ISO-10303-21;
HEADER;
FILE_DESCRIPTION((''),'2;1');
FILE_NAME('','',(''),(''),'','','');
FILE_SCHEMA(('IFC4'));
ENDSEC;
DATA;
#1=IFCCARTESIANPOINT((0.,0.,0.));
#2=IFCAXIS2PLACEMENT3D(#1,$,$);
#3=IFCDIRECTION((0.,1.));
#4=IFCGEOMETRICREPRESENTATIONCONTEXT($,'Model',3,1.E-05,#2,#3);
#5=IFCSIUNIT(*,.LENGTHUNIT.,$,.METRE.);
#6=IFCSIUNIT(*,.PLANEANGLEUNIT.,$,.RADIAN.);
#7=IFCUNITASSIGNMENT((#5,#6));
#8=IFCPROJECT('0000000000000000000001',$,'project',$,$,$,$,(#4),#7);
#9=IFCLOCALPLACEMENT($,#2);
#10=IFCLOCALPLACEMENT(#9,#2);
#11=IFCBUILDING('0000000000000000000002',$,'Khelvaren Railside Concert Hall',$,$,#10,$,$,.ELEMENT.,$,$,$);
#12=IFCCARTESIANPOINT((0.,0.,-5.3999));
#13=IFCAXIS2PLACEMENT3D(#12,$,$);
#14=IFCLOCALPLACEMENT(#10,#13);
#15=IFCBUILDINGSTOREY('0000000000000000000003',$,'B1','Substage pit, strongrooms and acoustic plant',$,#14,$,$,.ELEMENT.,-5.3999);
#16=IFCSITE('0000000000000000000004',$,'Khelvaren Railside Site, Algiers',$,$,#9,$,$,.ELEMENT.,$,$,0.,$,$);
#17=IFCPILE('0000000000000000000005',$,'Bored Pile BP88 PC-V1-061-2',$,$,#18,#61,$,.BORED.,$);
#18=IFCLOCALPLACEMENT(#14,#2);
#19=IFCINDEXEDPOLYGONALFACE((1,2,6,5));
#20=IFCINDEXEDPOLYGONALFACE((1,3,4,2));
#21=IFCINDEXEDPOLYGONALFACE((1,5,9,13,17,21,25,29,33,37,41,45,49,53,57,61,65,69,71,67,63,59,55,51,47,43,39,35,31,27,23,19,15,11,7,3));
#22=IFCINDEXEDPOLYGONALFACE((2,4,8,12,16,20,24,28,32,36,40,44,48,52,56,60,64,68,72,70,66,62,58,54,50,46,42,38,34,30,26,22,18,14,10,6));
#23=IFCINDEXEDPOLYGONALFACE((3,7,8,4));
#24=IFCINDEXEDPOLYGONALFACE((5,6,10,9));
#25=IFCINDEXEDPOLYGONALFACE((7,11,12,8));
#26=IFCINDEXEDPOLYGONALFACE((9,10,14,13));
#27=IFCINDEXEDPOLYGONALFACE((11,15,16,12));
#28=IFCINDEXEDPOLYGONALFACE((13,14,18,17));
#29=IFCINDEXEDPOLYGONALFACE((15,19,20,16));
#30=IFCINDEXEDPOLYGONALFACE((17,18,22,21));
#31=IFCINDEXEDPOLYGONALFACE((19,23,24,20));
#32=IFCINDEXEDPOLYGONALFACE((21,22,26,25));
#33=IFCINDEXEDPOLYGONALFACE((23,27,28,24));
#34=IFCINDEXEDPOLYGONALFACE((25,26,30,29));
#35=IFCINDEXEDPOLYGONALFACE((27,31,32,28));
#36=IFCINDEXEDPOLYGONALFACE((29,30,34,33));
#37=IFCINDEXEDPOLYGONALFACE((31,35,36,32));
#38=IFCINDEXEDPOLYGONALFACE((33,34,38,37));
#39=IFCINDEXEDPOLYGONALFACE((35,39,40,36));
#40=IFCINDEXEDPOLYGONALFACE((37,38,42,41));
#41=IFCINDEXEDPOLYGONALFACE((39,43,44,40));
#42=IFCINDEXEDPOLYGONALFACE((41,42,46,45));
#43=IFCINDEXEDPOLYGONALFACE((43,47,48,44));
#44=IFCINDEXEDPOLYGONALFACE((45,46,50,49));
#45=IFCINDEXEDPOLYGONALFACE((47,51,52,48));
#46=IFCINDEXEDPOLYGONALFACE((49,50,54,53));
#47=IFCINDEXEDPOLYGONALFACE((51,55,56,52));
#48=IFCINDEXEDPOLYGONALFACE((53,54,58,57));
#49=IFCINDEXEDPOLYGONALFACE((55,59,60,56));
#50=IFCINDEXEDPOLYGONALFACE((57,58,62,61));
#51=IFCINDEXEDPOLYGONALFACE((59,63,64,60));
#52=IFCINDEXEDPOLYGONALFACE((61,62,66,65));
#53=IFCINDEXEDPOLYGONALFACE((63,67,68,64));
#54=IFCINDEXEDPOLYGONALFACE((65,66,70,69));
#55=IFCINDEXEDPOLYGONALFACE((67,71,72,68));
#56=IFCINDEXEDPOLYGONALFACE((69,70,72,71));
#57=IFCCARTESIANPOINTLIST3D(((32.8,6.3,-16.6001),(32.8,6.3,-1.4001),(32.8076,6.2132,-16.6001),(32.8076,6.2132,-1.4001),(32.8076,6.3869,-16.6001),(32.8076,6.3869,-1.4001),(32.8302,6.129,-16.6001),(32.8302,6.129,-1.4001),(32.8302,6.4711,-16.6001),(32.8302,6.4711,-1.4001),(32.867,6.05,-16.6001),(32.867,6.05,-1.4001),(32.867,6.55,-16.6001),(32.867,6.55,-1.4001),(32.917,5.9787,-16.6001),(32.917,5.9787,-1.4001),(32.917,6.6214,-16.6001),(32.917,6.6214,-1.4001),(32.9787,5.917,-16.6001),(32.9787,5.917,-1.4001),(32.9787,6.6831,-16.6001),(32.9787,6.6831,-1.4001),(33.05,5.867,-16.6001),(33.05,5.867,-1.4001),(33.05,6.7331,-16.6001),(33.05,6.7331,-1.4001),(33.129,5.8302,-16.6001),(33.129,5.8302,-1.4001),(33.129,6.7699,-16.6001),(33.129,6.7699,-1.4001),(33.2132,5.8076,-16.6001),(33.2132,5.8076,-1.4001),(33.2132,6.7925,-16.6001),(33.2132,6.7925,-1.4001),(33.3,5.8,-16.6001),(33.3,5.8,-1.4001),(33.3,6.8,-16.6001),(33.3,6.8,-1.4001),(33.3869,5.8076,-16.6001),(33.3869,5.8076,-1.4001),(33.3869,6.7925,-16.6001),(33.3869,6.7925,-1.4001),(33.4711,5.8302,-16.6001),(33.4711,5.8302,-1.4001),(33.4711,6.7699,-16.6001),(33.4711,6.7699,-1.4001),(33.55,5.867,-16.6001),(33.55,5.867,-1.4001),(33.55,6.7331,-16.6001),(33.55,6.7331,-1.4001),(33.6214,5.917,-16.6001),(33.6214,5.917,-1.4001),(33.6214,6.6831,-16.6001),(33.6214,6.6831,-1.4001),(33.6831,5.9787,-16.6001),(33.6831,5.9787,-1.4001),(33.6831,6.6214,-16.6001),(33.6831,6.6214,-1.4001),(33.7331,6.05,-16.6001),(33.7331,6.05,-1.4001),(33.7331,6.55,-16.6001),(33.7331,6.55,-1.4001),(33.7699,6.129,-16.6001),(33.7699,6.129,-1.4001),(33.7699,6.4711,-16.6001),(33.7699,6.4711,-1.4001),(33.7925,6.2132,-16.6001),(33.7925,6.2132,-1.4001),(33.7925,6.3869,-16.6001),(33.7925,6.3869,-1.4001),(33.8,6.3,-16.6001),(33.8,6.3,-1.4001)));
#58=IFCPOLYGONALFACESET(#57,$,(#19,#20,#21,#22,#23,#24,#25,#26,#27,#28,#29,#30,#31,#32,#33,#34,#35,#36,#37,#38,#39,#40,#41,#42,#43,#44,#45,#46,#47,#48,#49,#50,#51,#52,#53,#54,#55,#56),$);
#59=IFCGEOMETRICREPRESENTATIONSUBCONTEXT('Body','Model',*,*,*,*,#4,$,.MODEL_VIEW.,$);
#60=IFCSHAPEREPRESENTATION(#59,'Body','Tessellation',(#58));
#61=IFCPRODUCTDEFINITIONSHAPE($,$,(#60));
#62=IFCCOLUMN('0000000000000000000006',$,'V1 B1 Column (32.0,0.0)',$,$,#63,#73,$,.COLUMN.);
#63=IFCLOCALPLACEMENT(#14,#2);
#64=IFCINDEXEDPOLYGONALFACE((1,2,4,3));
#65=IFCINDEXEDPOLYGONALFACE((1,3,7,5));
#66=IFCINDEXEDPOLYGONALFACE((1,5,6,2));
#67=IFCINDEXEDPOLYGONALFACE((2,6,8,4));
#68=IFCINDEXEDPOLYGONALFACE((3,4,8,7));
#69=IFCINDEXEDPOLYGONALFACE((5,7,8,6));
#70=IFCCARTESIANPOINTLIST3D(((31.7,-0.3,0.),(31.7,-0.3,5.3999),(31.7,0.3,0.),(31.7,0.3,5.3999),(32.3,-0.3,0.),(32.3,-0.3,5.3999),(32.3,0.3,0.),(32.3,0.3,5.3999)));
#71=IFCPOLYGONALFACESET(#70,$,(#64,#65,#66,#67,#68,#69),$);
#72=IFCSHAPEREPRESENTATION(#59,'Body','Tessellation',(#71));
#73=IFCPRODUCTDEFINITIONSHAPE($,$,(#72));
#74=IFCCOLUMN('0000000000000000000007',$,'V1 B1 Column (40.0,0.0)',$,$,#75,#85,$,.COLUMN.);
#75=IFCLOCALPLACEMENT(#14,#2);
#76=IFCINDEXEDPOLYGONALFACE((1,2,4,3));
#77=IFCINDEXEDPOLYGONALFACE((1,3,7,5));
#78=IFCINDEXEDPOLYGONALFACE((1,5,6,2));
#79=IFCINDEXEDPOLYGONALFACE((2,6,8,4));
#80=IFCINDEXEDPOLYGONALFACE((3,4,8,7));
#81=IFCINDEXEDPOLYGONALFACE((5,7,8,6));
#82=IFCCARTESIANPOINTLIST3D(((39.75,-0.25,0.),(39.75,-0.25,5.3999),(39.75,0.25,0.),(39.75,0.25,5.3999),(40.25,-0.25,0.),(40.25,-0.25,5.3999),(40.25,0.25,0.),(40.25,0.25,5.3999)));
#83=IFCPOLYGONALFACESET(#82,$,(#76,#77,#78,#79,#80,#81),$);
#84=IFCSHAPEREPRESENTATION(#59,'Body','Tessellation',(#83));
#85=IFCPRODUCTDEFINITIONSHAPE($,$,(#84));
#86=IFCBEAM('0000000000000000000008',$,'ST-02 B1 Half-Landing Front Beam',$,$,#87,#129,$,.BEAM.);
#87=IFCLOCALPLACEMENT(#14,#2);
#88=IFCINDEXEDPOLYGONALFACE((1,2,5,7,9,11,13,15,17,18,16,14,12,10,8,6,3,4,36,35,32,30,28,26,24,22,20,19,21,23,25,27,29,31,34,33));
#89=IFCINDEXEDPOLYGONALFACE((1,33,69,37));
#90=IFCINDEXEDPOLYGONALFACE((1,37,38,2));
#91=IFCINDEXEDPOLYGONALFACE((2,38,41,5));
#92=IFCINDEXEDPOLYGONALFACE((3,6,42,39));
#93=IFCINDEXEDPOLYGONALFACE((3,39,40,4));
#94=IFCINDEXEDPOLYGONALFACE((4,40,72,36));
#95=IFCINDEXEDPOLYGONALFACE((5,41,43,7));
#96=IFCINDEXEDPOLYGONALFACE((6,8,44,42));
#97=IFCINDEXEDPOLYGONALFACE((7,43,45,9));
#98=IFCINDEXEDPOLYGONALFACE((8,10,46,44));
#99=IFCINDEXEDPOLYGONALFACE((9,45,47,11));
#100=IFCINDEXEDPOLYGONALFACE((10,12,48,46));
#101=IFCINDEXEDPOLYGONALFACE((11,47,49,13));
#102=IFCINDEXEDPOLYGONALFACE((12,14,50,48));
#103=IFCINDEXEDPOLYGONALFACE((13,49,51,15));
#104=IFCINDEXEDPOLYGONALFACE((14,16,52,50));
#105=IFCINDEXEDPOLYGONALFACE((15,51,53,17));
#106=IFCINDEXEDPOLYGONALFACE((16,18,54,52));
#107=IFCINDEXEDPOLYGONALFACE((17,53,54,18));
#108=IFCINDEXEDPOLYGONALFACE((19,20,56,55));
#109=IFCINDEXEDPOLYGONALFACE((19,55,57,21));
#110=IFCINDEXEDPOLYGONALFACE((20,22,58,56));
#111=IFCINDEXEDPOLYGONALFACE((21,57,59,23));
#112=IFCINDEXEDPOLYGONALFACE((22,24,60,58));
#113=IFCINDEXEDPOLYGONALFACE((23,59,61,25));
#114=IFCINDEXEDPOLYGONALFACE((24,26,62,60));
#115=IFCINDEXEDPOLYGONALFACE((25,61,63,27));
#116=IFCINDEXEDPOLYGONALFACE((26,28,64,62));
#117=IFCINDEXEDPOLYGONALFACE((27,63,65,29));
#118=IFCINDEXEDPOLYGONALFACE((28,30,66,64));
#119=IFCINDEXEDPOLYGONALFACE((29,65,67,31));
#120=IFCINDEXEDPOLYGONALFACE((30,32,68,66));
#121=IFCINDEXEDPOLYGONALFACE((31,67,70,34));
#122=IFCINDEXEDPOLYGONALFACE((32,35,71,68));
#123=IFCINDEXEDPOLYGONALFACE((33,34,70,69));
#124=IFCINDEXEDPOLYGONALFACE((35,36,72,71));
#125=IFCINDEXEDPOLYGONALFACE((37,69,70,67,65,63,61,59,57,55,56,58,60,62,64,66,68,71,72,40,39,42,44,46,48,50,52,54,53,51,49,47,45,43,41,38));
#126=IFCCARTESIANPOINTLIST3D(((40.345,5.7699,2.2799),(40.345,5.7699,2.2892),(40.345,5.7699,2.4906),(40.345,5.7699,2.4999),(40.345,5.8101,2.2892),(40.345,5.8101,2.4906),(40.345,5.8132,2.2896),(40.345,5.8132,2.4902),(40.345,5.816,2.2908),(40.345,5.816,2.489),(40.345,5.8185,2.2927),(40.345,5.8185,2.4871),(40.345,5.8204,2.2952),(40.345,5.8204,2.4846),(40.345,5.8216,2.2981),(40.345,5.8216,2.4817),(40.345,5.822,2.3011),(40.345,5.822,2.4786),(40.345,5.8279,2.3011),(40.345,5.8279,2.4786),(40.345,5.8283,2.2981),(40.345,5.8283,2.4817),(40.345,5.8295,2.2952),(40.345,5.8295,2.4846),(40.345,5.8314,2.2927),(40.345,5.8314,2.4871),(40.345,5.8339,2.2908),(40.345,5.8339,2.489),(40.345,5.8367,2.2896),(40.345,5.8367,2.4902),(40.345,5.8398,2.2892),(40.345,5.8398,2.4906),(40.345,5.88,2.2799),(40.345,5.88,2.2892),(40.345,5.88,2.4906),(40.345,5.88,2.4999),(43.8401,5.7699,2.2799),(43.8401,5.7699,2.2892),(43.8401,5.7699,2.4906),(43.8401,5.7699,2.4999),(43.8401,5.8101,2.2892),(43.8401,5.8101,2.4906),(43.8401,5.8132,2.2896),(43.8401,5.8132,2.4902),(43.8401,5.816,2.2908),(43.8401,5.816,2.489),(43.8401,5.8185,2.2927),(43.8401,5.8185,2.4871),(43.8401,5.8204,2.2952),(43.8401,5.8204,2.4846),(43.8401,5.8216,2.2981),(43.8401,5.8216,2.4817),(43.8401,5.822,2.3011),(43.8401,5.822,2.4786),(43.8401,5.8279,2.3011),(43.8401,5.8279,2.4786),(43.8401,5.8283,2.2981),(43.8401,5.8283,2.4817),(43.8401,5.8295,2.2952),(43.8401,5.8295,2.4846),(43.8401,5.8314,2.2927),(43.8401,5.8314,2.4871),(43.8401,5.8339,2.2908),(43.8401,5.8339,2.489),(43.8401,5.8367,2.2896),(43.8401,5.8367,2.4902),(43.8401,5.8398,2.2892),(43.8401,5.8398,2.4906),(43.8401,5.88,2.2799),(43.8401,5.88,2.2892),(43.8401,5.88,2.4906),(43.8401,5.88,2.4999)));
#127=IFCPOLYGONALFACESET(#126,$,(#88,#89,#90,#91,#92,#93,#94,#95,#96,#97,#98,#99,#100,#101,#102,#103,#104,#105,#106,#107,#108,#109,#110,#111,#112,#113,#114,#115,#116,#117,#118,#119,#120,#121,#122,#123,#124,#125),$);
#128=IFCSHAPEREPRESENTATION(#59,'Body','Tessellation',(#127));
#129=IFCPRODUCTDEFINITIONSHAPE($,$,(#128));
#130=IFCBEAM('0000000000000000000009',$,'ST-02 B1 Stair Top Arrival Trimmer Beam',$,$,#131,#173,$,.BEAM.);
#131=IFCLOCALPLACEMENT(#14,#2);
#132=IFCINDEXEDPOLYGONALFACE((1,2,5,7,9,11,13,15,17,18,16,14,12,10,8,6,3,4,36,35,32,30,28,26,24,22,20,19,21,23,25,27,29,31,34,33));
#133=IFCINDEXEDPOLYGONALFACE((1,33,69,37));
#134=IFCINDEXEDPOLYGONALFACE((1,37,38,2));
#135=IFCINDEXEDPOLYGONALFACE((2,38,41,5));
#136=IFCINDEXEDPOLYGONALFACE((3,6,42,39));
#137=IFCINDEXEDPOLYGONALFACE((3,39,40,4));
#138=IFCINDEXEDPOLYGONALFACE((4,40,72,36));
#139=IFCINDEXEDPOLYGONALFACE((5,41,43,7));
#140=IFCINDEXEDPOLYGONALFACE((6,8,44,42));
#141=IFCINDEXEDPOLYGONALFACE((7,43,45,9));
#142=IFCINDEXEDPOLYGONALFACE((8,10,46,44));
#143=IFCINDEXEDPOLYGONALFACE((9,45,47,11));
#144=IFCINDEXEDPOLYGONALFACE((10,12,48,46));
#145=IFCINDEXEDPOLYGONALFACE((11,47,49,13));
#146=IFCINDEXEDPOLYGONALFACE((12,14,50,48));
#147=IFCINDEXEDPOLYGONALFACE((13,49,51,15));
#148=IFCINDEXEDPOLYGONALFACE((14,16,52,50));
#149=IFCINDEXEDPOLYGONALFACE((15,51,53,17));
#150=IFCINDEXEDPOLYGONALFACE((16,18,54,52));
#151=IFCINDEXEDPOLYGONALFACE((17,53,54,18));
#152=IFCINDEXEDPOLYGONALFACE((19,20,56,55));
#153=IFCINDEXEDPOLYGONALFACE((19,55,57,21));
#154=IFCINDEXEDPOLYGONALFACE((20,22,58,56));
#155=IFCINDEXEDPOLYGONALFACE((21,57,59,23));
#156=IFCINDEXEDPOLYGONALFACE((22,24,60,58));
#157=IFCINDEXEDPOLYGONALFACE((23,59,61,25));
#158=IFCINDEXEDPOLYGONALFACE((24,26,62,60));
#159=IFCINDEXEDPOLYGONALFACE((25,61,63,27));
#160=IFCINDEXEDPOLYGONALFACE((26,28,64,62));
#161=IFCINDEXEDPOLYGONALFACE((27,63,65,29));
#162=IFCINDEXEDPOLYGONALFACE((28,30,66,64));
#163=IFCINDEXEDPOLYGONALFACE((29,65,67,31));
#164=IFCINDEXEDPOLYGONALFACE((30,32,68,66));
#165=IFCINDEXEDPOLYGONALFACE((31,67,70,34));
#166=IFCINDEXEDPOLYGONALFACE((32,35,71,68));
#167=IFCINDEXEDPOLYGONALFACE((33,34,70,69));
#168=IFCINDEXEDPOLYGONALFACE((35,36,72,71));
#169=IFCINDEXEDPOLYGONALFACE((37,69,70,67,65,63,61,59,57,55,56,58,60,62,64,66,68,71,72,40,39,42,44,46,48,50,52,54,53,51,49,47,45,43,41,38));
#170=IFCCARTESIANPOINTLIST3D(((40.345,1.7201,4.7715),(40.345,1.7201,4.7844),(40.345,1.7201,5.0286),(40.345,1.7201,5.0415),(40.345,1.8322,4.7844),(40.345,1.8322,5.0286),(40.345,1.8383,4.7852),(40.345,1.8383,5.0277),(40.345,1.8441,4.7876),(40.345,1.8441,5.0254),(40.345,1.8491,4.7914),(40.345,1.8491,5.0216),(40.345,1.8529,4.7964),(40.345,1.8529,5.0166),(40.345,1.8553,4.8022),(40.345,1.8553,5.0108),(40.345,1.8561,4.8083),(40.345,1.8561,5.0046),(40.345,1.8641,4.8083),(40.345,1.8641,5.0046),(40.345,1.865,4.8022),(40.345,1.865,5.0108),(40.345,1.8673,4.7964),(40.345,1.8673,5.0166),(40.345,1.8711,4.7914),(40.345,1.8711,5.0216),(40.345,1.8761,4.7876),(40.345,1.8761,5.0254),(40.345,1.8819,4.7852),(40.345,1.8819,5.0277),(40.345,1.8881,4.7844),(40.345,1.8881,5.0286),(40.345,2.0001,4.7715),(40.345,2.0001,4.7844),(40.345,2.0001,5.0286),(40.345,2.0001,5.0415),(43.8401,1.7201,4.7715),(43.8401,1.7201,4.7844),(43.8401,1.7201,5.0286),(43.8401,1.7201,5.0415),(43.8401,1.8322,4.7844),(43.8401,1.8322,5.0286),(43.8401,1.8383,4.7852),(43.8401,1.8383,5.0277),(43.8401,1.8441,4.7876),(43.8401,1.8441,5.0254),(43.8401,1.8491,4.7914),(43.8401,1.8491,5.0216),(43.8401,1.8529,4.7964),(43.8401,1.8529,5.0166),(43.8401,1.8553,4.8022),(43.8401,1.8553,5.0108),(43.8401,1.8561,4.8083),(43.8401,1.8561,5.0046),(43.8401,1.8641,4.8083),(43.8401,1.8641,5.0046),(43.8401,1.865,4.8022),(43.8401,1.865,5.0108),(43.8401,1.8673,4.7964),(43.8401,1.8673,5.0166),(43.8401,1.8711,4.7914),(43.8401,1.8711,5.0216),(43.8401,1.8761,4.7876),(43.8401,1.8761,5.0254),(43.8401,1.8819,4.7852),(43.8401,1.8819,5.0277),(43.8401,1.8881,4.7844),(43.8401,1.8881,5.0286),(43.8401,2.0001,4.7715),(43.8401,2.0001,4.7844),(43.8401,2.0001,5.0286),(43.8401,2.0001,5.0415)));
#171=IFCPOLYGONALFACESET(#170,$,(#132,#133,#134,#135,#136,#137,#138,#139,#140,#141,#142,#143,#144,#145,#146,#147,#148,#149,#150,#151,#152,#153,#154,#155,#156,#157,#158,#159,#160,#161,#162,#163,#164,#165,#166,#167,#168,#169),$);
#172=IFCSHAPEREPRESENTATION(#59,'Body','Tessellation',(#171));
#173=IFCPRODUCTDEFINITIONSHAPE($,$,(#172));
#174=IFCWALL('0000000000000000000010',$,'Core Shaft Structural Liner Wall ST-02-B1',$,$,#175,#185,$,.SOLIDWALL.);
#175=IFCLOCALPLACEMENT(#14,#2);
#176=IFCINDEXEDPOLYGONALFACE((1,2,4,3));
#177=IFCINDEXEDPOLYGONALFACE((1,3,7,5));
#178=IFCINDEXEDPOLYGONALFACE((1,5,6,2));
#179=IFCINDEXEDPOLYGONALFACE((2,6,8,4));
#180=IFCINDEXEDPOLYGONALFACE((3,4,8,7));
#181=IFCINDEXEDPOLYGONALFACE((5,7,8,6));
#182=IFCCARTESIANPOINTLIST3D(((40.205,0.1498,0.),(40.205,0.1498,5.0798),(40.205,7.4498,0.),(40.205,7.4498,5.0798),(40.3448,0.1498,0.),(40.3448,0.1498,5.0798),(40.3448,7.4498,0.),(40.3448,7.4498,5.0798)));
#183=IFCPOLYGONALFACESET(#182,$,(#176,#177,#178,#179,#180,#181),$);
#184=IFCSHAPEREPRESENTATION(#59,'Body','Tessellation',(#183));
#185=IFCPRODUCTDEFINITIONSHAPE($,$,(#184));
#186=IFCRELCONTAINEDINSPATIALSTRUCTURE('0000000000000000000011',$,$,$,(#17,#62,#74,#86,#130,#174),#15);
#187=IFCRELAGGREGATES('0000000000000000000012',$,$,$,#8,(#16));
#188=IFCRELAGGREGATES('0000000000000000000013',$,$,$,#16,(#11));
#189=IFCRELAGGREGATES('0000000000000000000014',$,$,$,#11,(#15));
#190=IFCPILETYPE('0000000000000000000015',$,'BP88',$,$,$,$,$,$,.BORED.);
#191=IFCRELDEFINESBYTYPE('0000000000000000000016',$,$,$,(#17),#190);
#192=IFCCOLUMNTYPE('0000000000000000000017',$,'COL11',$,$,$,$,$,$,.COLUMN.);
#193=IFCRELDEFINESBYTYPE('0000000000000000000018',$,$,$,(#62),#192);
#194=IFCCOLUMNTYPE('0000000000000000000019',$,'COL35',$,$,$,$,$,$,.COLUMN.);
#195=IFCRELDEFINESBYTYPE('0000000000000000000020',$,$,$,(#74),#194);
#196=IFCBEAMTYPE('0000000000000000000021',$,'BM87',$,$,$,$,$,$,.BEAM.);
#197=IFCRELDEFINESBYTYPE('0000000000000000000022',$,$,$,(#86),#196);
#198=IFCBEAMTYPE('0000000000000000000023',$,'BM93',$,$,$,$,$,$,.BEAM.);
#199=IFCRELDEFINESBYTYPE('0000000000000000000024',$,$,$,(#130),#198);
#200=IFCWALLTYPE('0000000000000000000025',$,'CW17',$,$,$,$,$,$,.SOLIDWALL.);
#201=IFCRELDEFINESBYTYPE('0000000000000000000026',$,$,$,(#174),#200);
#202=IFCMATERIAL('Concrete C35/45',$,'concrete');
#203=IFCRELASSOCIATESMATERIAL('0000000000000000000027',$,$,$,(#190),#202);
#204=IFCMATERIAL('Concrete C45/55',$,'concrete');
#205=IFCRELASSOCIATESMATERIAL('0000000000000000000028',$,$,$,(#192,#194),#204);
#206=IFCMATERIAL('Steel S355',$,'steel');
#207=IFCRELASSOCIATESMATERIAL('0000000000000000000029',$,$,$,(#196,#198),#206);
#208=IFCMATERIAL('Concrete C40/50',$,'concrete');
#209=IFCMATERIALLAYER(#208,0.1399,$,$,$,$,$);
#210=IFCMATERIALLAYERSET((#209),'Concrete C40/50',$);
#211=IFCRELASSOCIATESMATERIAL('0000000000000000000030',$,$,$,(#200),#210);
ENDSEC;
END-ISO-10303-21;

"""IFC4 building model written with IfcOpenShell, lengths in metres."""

from ifc_helpers import new_model, si_unit, direction, frame, frame_2d, origin, origin_2d, place, context, subcontext, project, spatial, rectangle, circle, i_section, extrude, material, layer, layer_set, material_profile, profile_set, type_object, element, save


model = new_model("IFC4")

# Units and contexts
model_context = context("Model", 3, precision=1e-05, world=origin(), true_north=direction((0.0, 1.0)))
body_context = subcontext(model_context, "Body", "Model", "MODEL_VIEW")
ifc_project = project(units=[si_unit("LENGTHUNIT", "METRE"), si_unit("PLANEANGLEUNIT", "RADIAN")], contexts=[model_context])

# Site, building, storey
site_placement = place(None, origin())
site = spatial("IfcSite", under=ifc_project, at=site_placement, Name="Khelvaren Railside Site, Algiers", CompositionType="ELEMENT", RefElevation=0.0)
building_placement = place(site_placement, origin())
building = spatial("IfcBuilding", under=site, at=building_placement, Name="Khelvaren Railside Concert Hall", CompositionType="ELEMENT")
storey_placement = place(building_placement, frame((0.0, 0.0, -5.3999)))
storey = spatial("IfcBuildingStorey", under=building, at=storey_placement, Name="B1", Description="Substage pit, strongrooms and acoustic plant", CompositionType="ELEMENT", Elevation=-5.3999)

# Pile
ifc_material_1 = material(Name="Concrete C35/45", Category="concrete")
ifc_material_profile_1 = material_profile(ifc_material_1, circle(Radius=0.5, at=origin_2d()), Name="BP D1000")
ifc_profile_set_1 = profile_set([ifc_material_profile_1], Name="Concrete C35/45")
pile_type_1 = type_object("IfcPileType", Name="BP88", PredefinedType="BORED", material=ifc_profile_set_1)
for number, where, z_axis, x_axis, name in (
    (1, (33.3, 6.3, -1.4001), (0.0, 0.0, -1.0), (1.0, 0.0, 0.0), "Bored Pile BP88 PC-V1-061-2"),
):
    element("IfcPile", number, at=place(storey_placement, frame(where, z_axis=z_axis, x_axis=x_axis)), inside=storey, type_object=pile_type_1, Name=name, PredefinedType="BORED", context=body_context, shape_type="SweptSolid", body=[
        extrude(circle(Radius=0.5, at=origin_2d()), origin(), (0.0, 0.0, 1.0), 15.2),
    ])

# Columns
ifc_material_2 = material(Name="Concrete C45/55", Category="concrete")
ifc_material_profile_2 = material_profile(ifc_material_2, rectangle(XDim=0.6001, YDim=0.6001, at=origin_2d()), Name="RC 600x600")
ifc_profile_set_2 = profile_set([ifc_material_profile_2], Name="Concrete C45/55")
column_type_1 = type_object("IfcColumnType", Name="COL11", PredefinedType="COLUMN", material=ifc_profile_set_2)
column_1_placement = place(storey_placement, frame((32.0, 0.0, 0.0), z_axis=(0.0, 0.0, 1.0), x_axis=(1.0, 0.0, 0.0)))
element("IfcColumn", 2, at=column_1_placement, inside=storey, type_object=column_type_1, Name="V1 B1 Column (32.0,0.0)", PredefinedType="COLUMN", context=body_context, shape_type="SweptSolid", body=[
    extrude(rectangle(XDim=0.6001, YDim=0.6001, at=origin_2d()), origin(), (0.0, 0.0, 1.0), 5.3999),
])
ifc_material_profile_3 = material_profile(ifc_material_2, rectangle(XDim=0.5, YDim=0.5, at=origin_2d()), Name="RC 500x500")
ifc_profile_set_3 = profile_set([ifc_material_profile_3], Name="Concrete C45/55")
column_type_2 = type_object("IfcColumnType", Name="COL35", PredefinedType="COLUMN", material=ifc_profile_set_3)
column_2_placement = place(storey_placement, frame((40.0, 0.0, 0.0), z_axis=(0.0, 0.0, 1.0), x_axis=(1.0, 0.0, 0.0)))
element("IfcColumn", 3, at=column_2_placement, inside=storey, type_object=column_type_2, Name="V1 B1 Column (40.0,0.0)", PredefinedType="COLUMN", context=body_context, shape_type="SweptSolid", body=[
    extrude(rectangle(XDim=0.5, YDim=0.5, at=origin_2d()), origin(), (0.0, 0.0, 1.0), 5.3999),
])

# Beams
ifc_material_3 = material(Name="Steel S355", Category="steel")
ifc_material_profile_4 = material_profile(ifc_material_3, i_section(OverallWidth=0.1101, OverallDepth=0.22, WebThickness=0.0059, FlangeThickness=0.0093, FilletRadius=0.012, at=origin_2d()), Name="IPE 220")
ifc_profile_set_4 = profile_set([ifc_material_profile_4], Name="Steel S355")
beam_type_1 = type_object("IfcBeamType", Name="BM87", PredefinedType="BEAM", material=ifc_profile_set_4)
beam_1_placement = place(storey_placement, frame((40.345, 5.825, 2.3899), z_axis=(1.0, 0.0, 0.0), x_axis=(0.0, 1.0, 0.0)))
element("IfcBeam", 4, at=beam_1_placement, inside=storey, type_object=beam_type_1, Name="ST-02 B1 Half-Landing Front Beam", PredefinedType="BEAM", context=body_context, shape_type="SweptSolid", body=[
    extrude(i_section(OverallWidth=0.1101, OverallDepth=0.22, WebThickness=0.0059, FlangeThickness=0.0093, FilletRadius=0.012, at=origin_2d()), origin(), (0.0, 0.0, 1.0), 3.4951),
])
ifc_material_profile_5 = material_profile(ifc_material_3, i_section(OverallWidth=0.28, OverallDepth=0.27, WebThickness=0.0081, FlangeThickness=0.0129, FilletRadius=0.0239, at=origin_2d()), Name="HEA 280")
ifc_profile_set_5 = profile_set([ifc_material_profile_5], Name="Steel S355")
beam_type_2 = type_object("IfcBeamType", Name="BM93", PredefinedType="BEAM", material=ifc_profile_set_5)
beam_2_placement = place(storey_placement, frame((40.345, 1.8601, 4.9065), z_axis=(1.0, 0.0, 0.0), x_axis=(0.0, 1.0, 0.0)))
element("IfcBeam", 5, at=beam_2_placement, inside=storey, type_object=beam_type_2, Name="ST-02 B1 Stair Top Arrival Trimmer Beam", PredefinedType="BEAM", context=body_context, shape_type="SweptSolid", body=[
    extrude(i_section(OverallWidth=0.28, OverallDepth=0.27, WebThickness=0.0081, FlangeThickness=0.0129, FilletRadius=0.0239, at=origin_2d()), origin(), (0.0, 0.0, 1.0), 3.4951),
])

# Wall
ifc_material_4 = material(Name="Concrete C40/50", Category="concrete")
ifc_layer_1 = layer(ifc_material_4, 0.1399)
ifc_layer_set_1 = layer_set([ifc_layer_1], Name="Concrete C40/50")
wall_type_1 = type_object("IfcWallType", Name="CW17", PredefinedType="SOLIDWALL", material=ifc_layer_set_1)
wall_1_placement = place(storey_placement, frame((40.2749, 0.1499, 0.0), z_axis=(0.0, 0.0, 1.0), x_axis=(0.0, 1.0, 0.0)))
element("IfcWall", 6, at=wall_1_placement, inside=storey, type_object=wall_type_1, Name="Core Shaft Structural Liner Wall ST-02-B1", PredefinedType="SOLIDWALL", context=body_context, shape_type="SweptSolid", body=[
    extrude(rectangle(XDim=7.3, YDim=0.1399, at=frame_2d((3.6499, 0.0))), origin(), (0.0, 0.0, 1.0), 5.0798),
])

save(model, "model.ifc")
